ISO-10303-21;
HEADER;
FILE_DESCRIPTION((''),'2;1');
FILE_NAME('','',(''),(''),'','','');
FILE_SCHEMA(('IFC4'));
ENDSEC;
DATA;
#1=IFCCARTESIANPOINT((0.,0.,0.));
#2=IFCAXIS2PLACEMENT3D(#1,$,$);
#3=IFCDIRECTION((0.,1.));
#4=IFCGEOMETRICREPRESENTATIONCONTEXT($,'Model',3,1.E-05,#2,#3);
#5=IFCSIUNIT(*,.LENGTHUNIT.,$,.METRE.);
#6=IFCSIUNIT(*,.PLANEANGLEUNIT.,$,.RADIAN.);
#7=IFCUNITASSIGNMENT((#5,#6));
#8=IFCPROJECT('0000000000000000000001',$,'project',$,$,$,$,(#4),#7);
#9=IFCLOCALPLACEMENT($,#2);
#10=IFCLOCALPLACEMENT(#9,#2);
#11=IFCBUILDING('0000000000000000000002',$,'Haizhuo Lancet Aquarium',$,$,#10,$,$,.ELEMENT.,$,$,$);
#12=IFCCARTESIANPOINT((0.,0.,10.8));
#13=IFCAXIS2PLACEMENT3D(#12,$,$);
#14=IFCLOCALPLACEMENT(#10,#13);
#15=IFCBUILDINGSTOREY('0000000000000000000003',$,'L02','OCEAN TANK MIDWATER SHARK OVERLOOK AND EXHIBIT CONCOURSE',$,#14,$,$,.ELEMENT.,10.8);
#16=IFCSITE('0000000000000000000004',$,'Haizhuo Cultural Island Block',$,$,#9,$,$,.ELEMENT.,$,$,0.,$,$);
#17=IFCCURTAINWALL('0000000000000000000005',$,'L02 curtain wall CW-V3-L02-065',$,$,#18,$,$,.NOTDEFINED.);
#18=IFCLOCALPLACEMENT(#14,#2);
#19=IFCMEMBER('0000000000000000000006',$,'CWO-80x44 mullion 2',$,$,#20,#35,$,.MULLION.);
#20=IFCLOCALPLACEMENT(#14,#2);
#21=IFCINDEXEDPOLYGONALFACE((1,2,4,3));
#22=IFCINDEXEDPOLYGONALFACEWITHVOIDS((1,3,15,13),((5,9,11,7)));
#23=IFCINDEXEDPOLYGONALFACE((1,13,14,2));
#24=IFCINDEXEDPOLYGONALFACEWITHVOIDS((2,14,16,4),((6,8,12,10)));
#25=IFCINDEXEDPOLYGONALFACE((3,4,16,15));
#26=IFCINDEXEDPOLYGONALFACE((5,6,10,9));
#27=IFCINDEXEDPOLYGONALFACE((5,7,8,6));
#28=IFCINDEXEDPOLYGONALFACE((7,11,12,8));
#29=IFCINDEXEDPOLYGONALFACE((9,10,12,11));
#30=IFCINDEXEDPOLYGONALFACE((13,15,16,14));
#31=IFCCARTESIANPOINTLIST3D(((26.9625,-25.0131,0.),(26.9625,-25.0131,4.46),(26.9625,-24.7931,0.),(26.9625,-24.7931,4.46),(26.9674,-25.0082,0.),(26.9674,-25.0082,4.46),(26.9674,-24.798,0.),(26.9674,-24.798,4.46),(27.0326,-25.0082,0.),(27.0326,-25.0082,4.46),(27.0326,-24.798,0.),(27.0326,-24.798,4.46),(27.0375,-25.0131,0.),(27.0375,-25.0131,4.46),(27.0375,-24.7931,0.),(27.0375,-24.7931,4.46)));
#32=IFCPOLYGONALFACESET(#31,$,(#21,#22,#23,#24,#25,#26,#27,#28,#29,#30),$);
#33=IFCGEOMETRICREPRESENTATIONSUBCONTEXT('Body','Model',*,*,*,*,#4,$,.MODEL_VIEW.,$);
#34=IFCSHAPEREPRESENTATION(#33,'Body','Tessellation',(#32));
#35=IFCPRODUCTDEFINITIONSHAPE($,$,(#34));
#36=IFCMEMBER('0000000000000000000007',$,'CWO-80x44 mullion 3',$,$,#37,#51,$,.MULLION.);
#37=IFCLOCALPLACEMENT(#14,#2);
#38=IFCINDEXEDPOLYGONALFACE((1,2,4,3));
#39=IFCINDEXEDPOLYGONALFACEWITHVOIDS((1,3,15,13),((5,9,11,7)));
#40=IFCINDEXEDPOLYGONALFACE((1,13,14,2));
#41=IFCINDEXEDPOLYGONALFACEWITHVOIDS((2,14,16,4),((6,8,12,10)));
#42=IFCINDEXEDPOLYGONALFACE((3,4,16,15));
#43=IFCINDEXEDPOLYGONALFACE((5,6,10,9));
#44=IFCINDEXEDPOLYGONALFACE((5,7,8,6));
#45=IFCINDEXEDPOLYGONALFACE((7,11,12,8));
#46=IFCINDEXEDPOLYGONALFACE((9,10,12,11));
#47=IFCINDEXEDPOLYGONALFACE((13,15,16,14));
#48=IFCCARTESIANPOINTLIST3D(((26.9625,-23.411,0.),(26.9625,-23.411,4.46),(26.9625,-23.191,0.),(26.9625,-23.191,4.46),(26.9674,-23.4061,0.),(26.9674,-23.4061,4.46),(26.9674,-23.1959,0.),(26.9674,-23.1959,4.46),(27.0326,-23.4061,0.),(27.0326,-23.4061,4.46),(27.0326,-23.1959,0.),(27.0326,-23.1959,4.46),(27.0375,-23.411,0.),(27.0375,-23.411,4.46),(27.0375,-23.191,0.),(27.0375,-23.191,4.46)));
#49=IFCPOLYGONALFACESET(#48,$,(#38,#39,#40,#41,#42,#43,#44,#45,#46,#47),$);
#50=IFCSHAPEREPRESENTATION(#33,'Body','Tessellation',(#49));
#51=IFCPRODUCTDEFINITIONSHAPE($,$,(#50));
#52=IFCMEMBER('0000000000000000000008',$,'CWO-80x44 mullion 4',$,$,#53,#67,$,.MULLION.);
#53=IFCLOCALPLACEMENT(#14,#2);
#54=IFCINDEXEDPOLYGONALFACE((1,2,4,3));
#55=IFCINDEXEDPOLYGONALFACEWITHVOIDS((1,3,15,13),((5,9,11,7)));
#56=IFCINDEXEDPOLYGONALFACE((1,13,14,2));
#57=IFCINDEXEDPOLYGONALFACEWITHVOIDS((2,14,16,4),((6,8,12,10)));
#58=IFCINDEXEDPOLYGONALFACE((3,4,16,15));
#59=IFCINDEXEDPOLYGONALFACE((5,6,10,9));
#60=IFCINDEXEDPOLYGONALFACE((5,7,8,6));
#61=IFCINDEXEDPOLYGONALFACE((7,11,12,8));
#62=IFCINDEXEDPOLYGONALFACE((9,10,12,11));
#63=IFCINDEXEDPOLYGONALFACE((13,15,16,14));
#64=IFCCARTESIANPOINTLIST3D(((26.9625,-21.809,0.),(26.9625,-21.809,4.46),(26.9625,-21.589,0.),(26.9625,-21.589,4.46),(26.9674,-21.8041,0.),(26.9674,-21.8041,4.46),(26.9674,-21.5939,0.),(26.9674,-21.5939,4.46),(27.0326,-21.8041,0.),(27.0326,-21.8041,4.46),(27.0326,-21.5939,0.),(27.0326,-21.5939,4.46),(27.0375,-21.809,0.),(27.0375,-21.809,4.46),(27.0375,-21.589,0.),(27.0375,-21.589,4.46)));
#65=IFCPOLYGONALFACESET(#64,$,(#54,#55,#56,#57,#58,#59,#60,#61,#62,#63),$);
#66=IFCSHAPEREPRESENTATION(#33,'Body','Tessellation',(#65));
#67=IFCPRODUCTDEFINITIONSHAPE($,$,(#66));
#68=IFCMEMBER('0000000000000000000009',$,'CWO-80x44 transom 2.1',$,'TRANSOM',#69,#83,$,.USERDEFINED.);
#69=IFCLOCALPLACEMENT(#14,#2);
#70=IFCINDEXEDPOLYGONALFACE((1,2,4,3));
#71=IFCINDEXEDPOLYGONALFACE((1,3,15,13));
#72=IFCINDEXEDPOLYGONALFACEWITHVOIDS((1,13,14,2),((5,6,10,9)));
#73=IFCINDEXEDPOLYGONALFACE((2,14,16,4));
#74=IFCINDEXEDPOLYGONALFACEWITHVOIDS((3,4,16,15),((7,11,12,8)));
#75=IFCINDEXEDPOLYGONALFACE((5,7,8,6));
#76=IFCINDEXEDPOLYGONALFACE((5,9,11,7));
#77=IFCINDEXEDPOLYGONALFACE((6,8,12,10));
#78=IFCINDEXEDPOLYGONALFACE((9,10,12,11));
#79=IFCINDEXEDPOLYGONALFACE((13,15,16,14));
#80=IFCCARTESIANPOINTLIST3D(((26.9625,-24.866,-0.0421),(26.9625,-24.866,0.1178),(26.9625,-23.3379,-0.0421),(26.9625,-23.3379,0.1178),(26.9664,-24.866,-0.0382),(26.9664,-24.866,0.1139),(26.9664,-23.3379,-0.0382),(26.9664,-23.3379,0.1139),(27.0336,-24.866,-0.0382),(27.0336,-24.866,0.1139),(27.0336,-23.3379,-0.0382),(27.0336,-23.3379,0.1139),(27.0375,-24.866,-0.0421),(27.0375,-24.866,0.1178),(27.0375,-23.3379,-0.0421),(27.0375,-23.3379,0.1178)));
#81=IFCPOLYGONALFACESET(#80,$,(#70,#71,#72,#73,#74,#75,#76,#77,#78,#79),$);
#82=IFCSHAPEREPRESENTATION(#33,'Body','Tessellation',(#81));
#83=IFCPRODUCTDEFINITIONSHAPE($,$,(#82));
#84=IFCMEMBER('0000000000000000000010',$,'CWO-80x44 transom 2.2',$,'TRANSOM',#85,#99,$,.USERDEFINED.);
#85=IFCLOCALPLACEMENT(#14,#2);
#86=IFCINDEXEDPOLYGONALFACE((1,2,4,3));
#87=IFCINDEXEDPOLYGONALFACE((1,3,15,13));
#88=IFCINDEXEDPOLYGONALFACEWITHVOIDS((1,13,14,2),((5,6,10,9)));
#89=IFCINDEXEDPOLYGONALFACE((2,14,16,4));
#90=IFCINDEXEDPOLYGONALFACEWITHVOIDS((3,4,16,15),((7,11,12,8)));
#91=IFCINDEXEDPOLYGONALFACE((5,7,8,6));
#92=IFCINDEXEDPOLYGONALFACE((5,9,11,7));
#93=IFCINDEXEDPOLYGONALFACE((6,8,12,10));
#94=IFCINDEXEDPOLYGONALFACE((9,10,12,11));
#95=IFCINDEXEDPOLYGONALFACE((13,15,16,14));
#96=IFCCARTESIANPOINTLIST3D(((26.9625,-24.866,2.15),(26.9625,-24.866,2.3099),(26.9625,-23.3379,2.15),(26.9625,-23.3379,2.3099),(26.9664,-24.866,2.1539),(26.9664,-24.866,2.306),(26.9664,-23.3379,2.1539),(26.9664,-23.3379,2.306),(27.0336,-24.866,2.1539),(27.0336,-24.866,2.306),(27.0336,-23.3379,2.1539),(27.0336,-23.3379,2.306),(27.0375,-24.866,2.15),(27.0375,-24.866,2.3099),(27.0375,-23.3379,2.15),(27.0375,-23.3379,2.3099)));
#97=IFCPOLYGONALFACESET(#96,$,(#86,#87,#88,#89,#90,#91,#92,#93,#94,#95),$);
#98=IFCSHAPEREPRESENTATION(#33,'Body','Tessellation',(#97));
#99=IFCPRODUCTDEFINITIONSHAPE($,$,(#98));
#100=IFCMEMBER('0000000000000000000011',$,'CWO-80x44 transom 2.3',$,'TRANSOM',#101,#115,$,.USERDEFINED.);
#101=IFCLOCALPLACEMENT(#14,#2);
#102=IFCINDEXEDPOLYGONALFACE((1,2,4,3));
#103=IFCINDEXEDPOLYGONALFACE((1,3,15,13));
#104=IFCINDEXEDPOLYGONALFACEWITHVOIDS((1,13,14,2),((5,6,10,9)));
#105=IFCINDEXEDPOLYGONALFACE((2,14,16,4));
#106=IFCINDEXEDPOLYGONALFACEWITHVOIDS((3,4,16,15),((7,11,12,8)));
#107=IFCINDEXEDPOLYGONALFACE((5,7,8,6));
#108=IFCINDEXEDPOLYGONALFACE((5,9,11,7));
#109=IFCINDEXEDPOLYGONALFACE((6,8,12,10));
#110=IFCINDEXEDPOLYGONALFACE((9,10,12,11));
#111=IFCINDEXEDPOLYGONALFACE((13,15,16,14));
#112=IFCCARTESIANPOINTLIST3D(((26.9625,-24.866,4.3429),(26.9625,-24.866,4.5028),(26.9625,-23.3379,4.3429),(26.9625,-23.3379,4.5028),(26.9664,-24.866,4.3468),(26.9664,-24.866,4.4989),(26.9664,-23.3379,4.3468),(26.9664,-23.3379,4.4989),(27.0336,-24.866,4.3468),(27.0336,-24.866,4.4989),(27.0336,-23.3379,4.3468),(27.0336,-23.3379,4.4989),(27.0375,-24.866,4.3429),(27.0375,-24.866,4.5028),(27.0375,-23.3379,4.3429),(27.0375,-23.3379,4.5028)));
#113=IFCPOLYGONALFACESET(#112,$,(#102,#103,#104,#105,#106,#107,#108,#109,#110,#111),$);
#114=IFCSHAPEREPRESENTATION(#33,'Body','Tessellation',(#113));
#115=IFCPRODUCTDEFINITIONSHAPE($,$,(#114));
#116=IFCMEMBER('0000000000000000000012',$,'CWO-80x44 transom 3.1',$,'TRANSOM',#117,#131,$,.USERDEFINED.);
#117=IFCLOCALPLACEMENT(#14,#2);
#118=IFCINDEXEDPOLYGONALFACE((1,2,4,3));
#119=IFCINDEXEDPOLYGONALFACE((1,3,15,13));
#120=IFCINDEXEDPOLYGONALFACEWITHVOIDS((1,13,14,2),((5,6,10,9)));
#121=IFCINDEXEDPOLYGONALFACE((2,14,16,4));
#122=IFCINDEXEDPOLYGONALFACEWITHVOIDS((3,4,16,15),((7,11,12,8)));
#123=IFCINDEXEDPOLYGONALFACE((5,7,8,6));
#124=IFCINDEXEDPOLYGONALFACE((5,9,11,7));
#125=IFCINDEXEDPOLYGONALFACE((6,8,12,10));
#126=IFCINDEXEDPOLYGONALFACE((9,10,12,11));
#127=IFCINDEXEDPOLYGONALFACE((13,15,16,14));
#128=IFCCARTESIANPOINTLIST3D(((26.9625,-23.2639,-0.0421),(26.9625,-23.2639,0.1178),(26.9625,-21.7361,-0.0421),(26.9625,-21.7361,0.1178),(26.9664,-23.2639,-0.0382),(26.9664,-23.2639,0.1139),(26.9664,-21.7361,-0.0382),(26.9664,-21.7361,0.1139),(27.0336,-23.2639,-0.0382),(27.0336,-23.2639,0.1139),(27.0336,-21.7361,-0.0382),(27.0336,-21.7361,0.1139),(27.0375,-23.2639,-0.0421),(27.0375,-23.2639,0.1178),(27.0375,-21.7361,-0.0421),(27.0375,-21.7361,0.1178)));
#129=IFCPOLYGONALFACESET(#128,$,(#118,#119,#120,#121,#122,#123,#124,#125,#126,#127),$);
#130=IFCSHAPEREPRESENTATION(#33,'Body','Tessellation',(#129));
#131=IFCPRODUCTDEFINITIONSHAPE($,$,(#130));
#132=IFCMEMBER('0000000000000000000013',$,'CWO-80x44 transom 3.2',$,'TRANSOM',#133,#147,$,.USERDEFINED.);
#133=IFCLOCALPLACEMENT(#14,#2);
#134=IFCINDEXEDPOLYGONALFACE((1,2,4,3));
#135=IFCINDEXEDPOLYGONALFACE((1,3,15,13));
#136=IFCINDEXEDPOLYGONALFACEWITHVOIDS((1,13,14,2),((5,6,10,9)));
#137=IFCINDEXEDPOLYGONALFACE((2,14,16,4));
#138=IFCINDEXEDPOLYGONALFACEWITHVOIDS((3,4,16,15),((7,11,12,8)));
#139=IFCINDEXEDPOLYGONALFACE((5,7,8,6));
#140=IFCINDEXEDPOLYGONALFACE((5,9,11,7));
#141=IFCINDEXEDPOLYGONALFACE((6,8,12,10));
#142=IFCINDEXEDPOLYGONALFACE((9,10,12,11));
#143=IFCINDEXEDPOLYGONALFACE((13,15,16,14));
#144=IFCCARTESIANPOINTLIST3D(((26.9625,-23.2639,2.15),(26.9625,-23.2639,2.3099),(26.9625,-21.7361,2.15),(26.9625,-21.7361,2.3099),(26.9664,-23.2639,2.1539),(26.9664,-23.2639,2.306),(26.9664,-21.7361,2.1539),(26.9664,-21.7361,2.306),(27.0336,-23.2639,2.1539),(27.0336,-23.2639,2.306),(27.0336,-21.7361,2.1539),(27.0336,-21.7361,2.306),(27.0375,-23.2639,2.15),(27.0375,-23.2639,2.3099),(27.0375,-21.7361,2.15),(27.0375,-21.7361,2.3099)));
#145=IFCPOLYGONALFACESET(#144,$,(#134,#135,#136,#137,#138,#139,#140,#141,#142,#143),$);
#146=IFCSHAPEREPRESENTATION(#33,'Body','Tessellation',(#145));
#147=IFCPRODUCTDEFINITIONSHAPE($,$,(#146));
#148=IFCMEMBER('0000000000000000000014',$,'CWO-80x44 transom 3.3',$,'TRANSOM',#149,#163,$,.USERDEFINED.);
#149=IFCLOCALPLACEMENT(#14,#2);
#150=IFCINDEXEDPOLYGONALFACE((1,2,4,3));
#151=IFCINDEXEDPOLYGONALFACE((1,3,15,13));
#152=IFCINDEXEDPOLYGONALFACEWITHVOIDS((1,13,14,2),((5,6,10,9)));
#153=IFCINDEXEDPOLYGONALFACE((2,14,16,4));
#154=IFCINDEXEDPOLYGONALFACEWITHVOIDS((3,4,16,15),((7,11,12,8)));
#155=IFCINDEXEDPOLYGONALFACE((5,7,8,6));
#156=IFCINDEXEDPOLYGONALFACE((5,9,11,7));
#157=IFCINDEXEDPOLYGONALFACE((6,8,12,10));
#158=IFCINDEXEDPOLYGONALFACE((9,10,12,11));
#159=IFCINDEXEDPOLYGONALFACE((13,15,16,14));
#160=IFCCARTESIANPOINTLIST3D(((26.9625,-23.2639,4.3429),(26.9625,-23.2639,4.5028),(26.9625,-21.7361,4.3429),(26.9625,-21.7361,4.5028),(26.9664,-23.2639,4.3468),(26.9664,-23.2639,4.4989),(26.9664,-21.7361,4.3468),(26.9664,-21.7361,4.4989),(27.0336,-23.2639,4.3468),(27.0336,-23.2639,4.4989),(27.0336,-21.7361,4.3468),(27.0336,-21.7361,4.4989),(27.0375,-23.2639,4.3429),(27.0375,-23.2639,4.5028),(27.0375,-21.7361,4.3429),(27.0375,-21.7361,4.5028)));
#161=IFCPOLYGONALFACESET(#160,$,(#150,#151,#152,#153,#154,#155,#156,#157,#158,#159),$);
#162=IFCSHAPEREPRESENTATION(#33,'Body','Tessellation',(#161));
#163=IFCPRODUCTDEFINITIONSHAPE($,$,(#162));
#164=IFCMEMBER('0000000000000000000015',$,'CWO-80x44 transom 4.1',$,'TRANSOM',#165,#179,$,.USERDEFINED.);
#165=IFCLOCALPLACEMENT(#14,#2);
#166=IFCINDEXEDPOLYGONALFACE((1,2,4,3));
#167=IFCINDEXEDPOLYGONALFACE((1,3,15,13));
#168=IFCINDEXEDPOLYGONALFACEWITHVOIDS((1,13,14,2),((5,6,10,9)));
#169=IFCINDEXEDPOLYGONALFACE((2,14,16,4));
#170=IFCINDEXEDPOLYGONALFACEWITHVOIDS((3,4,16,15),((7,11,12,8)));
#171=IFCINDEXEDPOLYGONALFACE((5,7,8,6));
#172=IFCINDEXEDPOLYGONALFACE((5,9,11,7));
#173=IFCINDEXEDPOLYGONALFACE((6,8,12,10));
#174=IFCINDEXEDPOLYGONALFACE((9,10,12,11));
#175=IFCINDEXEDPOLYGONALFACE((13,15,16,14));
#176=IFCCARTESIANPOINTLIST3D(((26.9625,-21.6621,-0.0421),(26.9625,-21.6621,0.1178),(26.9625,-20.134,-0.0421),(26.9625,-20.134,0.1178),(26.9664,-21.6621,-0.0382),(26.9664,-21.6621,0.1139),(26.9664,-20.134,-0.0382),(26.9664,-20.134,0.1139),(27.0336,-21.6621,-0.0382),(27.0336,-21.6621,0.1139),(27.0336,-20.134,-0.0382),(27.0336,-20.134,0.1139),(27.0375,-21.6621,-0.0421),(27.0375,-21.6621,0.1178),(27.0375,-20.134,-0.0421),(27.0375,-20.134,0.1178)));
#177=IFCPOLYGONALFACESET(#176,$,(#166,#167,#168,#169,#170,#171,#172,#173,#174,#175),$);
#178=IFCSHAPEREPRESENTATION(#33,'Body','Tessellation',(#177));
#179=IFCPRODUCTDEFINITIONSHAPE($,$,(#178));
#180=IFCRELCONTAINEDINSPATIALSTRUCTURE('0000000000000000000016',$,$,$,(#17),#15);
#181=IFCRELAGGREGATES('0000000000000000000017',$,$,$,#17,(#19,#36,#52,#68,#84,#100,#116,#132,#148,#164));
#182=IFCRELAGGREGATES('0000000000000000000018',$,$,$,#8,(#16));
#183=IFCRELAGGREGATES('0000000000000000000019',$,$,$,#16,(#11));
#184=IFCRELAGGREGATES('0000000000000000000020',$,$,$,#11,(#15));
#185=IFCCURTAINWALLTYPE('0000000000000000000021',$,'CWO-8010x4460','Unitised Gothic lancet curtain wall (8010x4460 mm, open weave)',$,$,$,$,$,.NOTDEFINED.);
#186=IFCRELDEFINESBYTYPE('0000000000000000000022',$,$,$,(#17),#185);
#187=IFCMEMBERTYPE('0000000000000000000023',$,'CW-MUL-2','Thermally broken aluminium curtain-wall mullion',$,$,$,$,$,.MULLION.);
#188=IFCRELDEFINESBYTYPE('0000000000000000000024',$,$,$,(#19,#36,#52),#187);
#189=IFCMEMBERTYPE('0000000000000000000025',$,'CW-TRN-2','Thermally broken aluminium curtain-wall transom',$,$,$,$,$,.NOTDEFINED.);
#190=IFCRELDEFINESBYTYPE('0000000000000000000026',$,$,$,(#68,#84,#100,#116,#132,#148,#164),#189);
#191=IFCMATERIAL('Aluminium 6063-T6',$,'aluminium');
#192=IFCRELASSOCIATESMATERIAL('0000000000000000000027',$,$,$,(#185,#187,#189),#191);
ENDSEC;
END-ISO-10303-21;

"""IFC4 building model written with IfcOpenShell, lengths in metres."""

from ifc_helpers import new_model, si_unit, direction, frame, origin, origin_2d, place, context, subcontext, project, spatial, hollow_rectangle, extrude, material, material_profile, profile_set, type_object, element, aggregate, save


model = new_model("IFC4")

# Units and contexts
model_context = context("Model", 3, precision=1e-05, world=origin(), true_north=direction((0.0, 1.0)))
body_context = subcontext(model_context, "Body", "Model", "MODEL_VIEW")
ifc_project = project(units=[si_unit("LENGTHUNIT", "METRE"), si_unit("PLANEANGLEUNIT", "RADIAN")], contexts=[model_context])

# Site, building, storey
site_placement = place(None, origin())
site = spatial("IfcSite", under=ifc_project, at=site_placement, Name="Haizhuo Cultural Island Block", CompositionType="ELEMENT", RefElevation=0.0)
building_placement = place(site_placement, origin())
building = spatial("IfcBuilding", under=site, at=building_placement, Name="Haizhuo Lancet Aquarium", CompositionType="ELEMENT")
storey_placement = place(building_placement, frame((0.0, 0.0, 10.8)))
storey = spatial("IfcBuildingStorey", under=building, at=storey_placement, Name="L02", Description="OCEAN TANK MIDWATER SHARK OVERLOOK AND EXHIBIT CONCOURSE", CompositionType="ELEMENT", Elevation=10.8)

# Curtain wall, members
ifc_material_1 = material(Name="Aluminium 6063-T6", Category="aluminium")
curtain_wall_type = type_object("IfcCurtainWallType", Name="CWO-8010x4460", Description="Unitised Gothic lancet curtain wall (8010x4460 mm, open weave)", PredefinedType="NOTDEFINED", material=ifc_material_1)
curtain_wall_placement = place(storey_placement, origin())
curtain_wall = element("IfcCurtainWall", 1, at=curtain_wall_placement, inside=storey, type_object=curtain_wall_type, Name="L02 curtain wall CW-V3-L02-065", PredefinedType="NOTDEFINED")
ifc_material_profile_1 = material_profile(ifc_material_1, hollow_rectangle(XDim=0.075, YDim=0.22, WallThickness=0.0049, at=origin_2d()), Name="ALU-M 75x220x5")
ifc_profile_set_1 = profile_set([ifc_material_profile_1], Name="Aluminium 6063-T6")
member_type_1 = type_object("IfcMemberType", Name="CW-MUL-2", Description="Thermally broken aluminium curtain-wall mullion", PredefinedType="MULLION", material=ifc_profile_set_1)
member_1_placement = place(storey_placement, frame((27.0, -24.9031, 0.0), z_axis=(0.0, 0.0, 1.0), x_axis=(-1.0, 0.0, 0.0)))
member_1 = element("IfcMember", 2, at=member_1_placement, type_object=member_type_1, Name="CWO-80x44 mullion 2", PredefinedType="MULLION", context=body_context, shape_type="SweptSolid", body=[
    extrude(hollow_rectangle(XDim=0.075, YDim=0.22, WallThickness=0.0049, at=origin_2d()), origin(), (0.0, 0.0, 1.0), 4.46),
])
member_2_placement = place(storey_placement, frame((27.0, -23.301, 0.0), z_axis=(0.0, 0.0, 1.0), x_axis=(-1.0, 0.0, 0.0)))
member_2 = element("IfcMember", 3, at=member_2_placement, type_object=member_type_1, Name="CWO-80x44 mullion 3", PredefinedType="MULLION", context=body_context, shape_type="SweptSolid", body=[
    extrude(hollow_rectangle(XDim=0.075, YDim=0.22, WallThickness=0.0049, at=origin_2d()), origin(), (0.0, 0.0, 1.0), 4.46),
])
member_3_placement = place(storey_placement, frame((27.0, -21.699, 0.0), z_axis=(0.0, 0.0, 1.0), x_axis=(-1.0, 0.0, 0.0)))
member_3 = element("IfcMember", 4, at=member_3_placement, type_object=member_type_1, Name="CWO-80x44 mullion 4", PredefinedType="MULLION", context=body_context, shape_type="SweptSolid", body=[
    extrude(hollow_rectangle(XDim=0.075, YDim=0.22, WallThickness=0.0049, at=origin_2d()), origin(), (0.0, 0.0, 1.0), 4.46),
])
ifc_material_profile_2 = material_profile(ifc_material_1, hollow_rectangle(XDim=0.075, YDim=0.1599, WallThickness=0.0039, at=origin_2d()), Name="ALU-T 75x160x4")
ifc_profile_set_2 = profile_set([ifc_material_profile_2], Name="Aluminium 6063-T6")
member_type_2 = type_object("IfcMemberType", Name="CW-TRN-2", Description="Thermally broken aluminium curtain-wall transom", PredefinedType="NOTDEFINED", material=ifc_profile_set_2)
member_4_placement = place(storey_placement, frame((27.0, -24.866, 0.0378), z_axis=(0.0, 1.0, 0.0), x_axis=(-1.0, 0.0, 0.0)))
member_4 = element("IfcMember", 5, at=member_4_placement, type_object=member_type_2, Name="CWO-80x44 transom 2.1", ObjectType="TRANSOM", PredefinedType="USERDEFINED", context=body_context, shape_type="SweptSolid", body=[
    extrude(hollow_rectangle(XDim=0.075, YDim=0.1599, WallThickness=0.0039, at=origin_2d()), origin(), (0.0, 0.0, 1.0), 1.5281),
])
member_5_placement = place(storey_placement, frame((27.0, -24.866, 2.23), z_axis=(0.0, 1.0, 0.0), x_axis=(-1.0, 0.0, 0.0)))
member_5 = element("IfcMember", 6, at=member_5_placement, type_object=member_type_2, Name="CWO-80x44 transom 2.2", ObjectType="TRANSOM", PredefinedType="USERDEFINED", context=body_context, shape_type="SweptSolid", body=[
    extrude(hollow_rectangle(XDim=0.075, YDim=0.1599, WallThickness=0.0039, at=origin_2d()), origin(), (0.0, 0.0, 1.0), 1.5281),
])
member_6_placement = place(storey_placement, frame((27.0, -24.866, 4.4229), z_axis=(0.0, 1.0, 0.0), x_axis=(-1.0, 0.0, 0.0)))
member_6 = element("IfcMember", 7, at=member_6_placement, type_object=member_type_2, Name="CWO-80x44 transom 2.3", ObjectType="TRANSOM", PredefinedType="USERDEFINED", context=body_context, shape_type="SweptSolid", body=[
    extrude(hollow_rectangle(XDim=0.075, YDim=0.1599, WallThickness=0.0039, at=origin_2d()), origin(), (0.0, 0.0, 1.0), 1.5281),
])
member_7_placement = place(storey_placement, frame((27.0, -23.2639, 0.0378), z_axis=(0.0, 1.0, 0.0), x_axis=(-1.0, 0.0, 0.0)))
member_7 = element("IfcMember", 8, at=member_7_placement, type_object=member_type_2, Name="CWO-80x44 transom 3.1", ObjectType="TRANSOM", PredefinedType="USERDEFINED", context=body_context, shape_type="SweptSolid", body=[
    extrude(hollow_rectangle(XDim=0.075, YDim=0.1599, WallThickness=0.0039, at=origin_2d()), origin(), (0.0, 0.0, 1.0), 1.5278),
])
member_8_placement = place(storey_placement, frame((27.0, -23.2639, 2.23), z_axis=(0.0, 1.0, 0.0), x_axis=(-1.0, 0.0, 0.0)))
member_8 = element("IfcMember", 9, at=member_8_placement, type_object=member_type_2, Name="CWO-80x44 transom 3.2", ObjectType="TRANSOM", PredefinedType="USERDEFINED", context=body_context, shape_type="SweptSolid", body=[
    extrude(hollow_rectangle(XDim=0.075, YDim=0.1599, WallThickness=0.0039, at=origin_2d()), origin(), (0.0, 0.0, 1.0), 1.5278),
])
member_9_placement = place(storey_placement, frame((27.0, -23.2639, 4.4229), z_axis=(0.0, 1.0, 0.0), x_axis=(-1.0, 0.0, 0.0)))
member_9 = element("IfcMember", 10, at=member_9_placement, type_object=member_type_2, Name="CWO-80x44 transom 3.3", ObjectType="TRANSOM", PredefinedType="USERDEFINED", context=body_context, shape_type="SweptSolid", body=[
    extrude(hollow_rectangle(XDim=0.075, YDim=0.1599, WallThickness=0.0039, at=origin_2d()), origin(), (0.0, 0.0, 1.0), 1.5278),
])
member_10_placement = place(storey_placement, frame((27.0, -21.6621, 0.0378), z_axis=(0.0, 1.0, 0.0), x_axis=(-1.0, 0.0, 0.0)))
member_10 = element("IfcMember", 11, at=member_10_placement, type_object=member_type_2, Name="CWO-80x44 transom 4.1", ObjectType="TRANSOM", PredefinedType="USERDEFINED", context=body_context, shape_type="SweptSolid", body=[
    extrude(hollow_rectangle(XDim=0.075, YDim=0.1599, WallThickness=0.0039, at=origin_2d()), origin(), (0.0, 0.0, 1.0), 1.5281),
])

aggregate(curtain_wall, [member_1, member_2, member_3, member_4, member_5, member_6, member_7, member_8, member_9, member_10])

save(model, "model.ifc")
